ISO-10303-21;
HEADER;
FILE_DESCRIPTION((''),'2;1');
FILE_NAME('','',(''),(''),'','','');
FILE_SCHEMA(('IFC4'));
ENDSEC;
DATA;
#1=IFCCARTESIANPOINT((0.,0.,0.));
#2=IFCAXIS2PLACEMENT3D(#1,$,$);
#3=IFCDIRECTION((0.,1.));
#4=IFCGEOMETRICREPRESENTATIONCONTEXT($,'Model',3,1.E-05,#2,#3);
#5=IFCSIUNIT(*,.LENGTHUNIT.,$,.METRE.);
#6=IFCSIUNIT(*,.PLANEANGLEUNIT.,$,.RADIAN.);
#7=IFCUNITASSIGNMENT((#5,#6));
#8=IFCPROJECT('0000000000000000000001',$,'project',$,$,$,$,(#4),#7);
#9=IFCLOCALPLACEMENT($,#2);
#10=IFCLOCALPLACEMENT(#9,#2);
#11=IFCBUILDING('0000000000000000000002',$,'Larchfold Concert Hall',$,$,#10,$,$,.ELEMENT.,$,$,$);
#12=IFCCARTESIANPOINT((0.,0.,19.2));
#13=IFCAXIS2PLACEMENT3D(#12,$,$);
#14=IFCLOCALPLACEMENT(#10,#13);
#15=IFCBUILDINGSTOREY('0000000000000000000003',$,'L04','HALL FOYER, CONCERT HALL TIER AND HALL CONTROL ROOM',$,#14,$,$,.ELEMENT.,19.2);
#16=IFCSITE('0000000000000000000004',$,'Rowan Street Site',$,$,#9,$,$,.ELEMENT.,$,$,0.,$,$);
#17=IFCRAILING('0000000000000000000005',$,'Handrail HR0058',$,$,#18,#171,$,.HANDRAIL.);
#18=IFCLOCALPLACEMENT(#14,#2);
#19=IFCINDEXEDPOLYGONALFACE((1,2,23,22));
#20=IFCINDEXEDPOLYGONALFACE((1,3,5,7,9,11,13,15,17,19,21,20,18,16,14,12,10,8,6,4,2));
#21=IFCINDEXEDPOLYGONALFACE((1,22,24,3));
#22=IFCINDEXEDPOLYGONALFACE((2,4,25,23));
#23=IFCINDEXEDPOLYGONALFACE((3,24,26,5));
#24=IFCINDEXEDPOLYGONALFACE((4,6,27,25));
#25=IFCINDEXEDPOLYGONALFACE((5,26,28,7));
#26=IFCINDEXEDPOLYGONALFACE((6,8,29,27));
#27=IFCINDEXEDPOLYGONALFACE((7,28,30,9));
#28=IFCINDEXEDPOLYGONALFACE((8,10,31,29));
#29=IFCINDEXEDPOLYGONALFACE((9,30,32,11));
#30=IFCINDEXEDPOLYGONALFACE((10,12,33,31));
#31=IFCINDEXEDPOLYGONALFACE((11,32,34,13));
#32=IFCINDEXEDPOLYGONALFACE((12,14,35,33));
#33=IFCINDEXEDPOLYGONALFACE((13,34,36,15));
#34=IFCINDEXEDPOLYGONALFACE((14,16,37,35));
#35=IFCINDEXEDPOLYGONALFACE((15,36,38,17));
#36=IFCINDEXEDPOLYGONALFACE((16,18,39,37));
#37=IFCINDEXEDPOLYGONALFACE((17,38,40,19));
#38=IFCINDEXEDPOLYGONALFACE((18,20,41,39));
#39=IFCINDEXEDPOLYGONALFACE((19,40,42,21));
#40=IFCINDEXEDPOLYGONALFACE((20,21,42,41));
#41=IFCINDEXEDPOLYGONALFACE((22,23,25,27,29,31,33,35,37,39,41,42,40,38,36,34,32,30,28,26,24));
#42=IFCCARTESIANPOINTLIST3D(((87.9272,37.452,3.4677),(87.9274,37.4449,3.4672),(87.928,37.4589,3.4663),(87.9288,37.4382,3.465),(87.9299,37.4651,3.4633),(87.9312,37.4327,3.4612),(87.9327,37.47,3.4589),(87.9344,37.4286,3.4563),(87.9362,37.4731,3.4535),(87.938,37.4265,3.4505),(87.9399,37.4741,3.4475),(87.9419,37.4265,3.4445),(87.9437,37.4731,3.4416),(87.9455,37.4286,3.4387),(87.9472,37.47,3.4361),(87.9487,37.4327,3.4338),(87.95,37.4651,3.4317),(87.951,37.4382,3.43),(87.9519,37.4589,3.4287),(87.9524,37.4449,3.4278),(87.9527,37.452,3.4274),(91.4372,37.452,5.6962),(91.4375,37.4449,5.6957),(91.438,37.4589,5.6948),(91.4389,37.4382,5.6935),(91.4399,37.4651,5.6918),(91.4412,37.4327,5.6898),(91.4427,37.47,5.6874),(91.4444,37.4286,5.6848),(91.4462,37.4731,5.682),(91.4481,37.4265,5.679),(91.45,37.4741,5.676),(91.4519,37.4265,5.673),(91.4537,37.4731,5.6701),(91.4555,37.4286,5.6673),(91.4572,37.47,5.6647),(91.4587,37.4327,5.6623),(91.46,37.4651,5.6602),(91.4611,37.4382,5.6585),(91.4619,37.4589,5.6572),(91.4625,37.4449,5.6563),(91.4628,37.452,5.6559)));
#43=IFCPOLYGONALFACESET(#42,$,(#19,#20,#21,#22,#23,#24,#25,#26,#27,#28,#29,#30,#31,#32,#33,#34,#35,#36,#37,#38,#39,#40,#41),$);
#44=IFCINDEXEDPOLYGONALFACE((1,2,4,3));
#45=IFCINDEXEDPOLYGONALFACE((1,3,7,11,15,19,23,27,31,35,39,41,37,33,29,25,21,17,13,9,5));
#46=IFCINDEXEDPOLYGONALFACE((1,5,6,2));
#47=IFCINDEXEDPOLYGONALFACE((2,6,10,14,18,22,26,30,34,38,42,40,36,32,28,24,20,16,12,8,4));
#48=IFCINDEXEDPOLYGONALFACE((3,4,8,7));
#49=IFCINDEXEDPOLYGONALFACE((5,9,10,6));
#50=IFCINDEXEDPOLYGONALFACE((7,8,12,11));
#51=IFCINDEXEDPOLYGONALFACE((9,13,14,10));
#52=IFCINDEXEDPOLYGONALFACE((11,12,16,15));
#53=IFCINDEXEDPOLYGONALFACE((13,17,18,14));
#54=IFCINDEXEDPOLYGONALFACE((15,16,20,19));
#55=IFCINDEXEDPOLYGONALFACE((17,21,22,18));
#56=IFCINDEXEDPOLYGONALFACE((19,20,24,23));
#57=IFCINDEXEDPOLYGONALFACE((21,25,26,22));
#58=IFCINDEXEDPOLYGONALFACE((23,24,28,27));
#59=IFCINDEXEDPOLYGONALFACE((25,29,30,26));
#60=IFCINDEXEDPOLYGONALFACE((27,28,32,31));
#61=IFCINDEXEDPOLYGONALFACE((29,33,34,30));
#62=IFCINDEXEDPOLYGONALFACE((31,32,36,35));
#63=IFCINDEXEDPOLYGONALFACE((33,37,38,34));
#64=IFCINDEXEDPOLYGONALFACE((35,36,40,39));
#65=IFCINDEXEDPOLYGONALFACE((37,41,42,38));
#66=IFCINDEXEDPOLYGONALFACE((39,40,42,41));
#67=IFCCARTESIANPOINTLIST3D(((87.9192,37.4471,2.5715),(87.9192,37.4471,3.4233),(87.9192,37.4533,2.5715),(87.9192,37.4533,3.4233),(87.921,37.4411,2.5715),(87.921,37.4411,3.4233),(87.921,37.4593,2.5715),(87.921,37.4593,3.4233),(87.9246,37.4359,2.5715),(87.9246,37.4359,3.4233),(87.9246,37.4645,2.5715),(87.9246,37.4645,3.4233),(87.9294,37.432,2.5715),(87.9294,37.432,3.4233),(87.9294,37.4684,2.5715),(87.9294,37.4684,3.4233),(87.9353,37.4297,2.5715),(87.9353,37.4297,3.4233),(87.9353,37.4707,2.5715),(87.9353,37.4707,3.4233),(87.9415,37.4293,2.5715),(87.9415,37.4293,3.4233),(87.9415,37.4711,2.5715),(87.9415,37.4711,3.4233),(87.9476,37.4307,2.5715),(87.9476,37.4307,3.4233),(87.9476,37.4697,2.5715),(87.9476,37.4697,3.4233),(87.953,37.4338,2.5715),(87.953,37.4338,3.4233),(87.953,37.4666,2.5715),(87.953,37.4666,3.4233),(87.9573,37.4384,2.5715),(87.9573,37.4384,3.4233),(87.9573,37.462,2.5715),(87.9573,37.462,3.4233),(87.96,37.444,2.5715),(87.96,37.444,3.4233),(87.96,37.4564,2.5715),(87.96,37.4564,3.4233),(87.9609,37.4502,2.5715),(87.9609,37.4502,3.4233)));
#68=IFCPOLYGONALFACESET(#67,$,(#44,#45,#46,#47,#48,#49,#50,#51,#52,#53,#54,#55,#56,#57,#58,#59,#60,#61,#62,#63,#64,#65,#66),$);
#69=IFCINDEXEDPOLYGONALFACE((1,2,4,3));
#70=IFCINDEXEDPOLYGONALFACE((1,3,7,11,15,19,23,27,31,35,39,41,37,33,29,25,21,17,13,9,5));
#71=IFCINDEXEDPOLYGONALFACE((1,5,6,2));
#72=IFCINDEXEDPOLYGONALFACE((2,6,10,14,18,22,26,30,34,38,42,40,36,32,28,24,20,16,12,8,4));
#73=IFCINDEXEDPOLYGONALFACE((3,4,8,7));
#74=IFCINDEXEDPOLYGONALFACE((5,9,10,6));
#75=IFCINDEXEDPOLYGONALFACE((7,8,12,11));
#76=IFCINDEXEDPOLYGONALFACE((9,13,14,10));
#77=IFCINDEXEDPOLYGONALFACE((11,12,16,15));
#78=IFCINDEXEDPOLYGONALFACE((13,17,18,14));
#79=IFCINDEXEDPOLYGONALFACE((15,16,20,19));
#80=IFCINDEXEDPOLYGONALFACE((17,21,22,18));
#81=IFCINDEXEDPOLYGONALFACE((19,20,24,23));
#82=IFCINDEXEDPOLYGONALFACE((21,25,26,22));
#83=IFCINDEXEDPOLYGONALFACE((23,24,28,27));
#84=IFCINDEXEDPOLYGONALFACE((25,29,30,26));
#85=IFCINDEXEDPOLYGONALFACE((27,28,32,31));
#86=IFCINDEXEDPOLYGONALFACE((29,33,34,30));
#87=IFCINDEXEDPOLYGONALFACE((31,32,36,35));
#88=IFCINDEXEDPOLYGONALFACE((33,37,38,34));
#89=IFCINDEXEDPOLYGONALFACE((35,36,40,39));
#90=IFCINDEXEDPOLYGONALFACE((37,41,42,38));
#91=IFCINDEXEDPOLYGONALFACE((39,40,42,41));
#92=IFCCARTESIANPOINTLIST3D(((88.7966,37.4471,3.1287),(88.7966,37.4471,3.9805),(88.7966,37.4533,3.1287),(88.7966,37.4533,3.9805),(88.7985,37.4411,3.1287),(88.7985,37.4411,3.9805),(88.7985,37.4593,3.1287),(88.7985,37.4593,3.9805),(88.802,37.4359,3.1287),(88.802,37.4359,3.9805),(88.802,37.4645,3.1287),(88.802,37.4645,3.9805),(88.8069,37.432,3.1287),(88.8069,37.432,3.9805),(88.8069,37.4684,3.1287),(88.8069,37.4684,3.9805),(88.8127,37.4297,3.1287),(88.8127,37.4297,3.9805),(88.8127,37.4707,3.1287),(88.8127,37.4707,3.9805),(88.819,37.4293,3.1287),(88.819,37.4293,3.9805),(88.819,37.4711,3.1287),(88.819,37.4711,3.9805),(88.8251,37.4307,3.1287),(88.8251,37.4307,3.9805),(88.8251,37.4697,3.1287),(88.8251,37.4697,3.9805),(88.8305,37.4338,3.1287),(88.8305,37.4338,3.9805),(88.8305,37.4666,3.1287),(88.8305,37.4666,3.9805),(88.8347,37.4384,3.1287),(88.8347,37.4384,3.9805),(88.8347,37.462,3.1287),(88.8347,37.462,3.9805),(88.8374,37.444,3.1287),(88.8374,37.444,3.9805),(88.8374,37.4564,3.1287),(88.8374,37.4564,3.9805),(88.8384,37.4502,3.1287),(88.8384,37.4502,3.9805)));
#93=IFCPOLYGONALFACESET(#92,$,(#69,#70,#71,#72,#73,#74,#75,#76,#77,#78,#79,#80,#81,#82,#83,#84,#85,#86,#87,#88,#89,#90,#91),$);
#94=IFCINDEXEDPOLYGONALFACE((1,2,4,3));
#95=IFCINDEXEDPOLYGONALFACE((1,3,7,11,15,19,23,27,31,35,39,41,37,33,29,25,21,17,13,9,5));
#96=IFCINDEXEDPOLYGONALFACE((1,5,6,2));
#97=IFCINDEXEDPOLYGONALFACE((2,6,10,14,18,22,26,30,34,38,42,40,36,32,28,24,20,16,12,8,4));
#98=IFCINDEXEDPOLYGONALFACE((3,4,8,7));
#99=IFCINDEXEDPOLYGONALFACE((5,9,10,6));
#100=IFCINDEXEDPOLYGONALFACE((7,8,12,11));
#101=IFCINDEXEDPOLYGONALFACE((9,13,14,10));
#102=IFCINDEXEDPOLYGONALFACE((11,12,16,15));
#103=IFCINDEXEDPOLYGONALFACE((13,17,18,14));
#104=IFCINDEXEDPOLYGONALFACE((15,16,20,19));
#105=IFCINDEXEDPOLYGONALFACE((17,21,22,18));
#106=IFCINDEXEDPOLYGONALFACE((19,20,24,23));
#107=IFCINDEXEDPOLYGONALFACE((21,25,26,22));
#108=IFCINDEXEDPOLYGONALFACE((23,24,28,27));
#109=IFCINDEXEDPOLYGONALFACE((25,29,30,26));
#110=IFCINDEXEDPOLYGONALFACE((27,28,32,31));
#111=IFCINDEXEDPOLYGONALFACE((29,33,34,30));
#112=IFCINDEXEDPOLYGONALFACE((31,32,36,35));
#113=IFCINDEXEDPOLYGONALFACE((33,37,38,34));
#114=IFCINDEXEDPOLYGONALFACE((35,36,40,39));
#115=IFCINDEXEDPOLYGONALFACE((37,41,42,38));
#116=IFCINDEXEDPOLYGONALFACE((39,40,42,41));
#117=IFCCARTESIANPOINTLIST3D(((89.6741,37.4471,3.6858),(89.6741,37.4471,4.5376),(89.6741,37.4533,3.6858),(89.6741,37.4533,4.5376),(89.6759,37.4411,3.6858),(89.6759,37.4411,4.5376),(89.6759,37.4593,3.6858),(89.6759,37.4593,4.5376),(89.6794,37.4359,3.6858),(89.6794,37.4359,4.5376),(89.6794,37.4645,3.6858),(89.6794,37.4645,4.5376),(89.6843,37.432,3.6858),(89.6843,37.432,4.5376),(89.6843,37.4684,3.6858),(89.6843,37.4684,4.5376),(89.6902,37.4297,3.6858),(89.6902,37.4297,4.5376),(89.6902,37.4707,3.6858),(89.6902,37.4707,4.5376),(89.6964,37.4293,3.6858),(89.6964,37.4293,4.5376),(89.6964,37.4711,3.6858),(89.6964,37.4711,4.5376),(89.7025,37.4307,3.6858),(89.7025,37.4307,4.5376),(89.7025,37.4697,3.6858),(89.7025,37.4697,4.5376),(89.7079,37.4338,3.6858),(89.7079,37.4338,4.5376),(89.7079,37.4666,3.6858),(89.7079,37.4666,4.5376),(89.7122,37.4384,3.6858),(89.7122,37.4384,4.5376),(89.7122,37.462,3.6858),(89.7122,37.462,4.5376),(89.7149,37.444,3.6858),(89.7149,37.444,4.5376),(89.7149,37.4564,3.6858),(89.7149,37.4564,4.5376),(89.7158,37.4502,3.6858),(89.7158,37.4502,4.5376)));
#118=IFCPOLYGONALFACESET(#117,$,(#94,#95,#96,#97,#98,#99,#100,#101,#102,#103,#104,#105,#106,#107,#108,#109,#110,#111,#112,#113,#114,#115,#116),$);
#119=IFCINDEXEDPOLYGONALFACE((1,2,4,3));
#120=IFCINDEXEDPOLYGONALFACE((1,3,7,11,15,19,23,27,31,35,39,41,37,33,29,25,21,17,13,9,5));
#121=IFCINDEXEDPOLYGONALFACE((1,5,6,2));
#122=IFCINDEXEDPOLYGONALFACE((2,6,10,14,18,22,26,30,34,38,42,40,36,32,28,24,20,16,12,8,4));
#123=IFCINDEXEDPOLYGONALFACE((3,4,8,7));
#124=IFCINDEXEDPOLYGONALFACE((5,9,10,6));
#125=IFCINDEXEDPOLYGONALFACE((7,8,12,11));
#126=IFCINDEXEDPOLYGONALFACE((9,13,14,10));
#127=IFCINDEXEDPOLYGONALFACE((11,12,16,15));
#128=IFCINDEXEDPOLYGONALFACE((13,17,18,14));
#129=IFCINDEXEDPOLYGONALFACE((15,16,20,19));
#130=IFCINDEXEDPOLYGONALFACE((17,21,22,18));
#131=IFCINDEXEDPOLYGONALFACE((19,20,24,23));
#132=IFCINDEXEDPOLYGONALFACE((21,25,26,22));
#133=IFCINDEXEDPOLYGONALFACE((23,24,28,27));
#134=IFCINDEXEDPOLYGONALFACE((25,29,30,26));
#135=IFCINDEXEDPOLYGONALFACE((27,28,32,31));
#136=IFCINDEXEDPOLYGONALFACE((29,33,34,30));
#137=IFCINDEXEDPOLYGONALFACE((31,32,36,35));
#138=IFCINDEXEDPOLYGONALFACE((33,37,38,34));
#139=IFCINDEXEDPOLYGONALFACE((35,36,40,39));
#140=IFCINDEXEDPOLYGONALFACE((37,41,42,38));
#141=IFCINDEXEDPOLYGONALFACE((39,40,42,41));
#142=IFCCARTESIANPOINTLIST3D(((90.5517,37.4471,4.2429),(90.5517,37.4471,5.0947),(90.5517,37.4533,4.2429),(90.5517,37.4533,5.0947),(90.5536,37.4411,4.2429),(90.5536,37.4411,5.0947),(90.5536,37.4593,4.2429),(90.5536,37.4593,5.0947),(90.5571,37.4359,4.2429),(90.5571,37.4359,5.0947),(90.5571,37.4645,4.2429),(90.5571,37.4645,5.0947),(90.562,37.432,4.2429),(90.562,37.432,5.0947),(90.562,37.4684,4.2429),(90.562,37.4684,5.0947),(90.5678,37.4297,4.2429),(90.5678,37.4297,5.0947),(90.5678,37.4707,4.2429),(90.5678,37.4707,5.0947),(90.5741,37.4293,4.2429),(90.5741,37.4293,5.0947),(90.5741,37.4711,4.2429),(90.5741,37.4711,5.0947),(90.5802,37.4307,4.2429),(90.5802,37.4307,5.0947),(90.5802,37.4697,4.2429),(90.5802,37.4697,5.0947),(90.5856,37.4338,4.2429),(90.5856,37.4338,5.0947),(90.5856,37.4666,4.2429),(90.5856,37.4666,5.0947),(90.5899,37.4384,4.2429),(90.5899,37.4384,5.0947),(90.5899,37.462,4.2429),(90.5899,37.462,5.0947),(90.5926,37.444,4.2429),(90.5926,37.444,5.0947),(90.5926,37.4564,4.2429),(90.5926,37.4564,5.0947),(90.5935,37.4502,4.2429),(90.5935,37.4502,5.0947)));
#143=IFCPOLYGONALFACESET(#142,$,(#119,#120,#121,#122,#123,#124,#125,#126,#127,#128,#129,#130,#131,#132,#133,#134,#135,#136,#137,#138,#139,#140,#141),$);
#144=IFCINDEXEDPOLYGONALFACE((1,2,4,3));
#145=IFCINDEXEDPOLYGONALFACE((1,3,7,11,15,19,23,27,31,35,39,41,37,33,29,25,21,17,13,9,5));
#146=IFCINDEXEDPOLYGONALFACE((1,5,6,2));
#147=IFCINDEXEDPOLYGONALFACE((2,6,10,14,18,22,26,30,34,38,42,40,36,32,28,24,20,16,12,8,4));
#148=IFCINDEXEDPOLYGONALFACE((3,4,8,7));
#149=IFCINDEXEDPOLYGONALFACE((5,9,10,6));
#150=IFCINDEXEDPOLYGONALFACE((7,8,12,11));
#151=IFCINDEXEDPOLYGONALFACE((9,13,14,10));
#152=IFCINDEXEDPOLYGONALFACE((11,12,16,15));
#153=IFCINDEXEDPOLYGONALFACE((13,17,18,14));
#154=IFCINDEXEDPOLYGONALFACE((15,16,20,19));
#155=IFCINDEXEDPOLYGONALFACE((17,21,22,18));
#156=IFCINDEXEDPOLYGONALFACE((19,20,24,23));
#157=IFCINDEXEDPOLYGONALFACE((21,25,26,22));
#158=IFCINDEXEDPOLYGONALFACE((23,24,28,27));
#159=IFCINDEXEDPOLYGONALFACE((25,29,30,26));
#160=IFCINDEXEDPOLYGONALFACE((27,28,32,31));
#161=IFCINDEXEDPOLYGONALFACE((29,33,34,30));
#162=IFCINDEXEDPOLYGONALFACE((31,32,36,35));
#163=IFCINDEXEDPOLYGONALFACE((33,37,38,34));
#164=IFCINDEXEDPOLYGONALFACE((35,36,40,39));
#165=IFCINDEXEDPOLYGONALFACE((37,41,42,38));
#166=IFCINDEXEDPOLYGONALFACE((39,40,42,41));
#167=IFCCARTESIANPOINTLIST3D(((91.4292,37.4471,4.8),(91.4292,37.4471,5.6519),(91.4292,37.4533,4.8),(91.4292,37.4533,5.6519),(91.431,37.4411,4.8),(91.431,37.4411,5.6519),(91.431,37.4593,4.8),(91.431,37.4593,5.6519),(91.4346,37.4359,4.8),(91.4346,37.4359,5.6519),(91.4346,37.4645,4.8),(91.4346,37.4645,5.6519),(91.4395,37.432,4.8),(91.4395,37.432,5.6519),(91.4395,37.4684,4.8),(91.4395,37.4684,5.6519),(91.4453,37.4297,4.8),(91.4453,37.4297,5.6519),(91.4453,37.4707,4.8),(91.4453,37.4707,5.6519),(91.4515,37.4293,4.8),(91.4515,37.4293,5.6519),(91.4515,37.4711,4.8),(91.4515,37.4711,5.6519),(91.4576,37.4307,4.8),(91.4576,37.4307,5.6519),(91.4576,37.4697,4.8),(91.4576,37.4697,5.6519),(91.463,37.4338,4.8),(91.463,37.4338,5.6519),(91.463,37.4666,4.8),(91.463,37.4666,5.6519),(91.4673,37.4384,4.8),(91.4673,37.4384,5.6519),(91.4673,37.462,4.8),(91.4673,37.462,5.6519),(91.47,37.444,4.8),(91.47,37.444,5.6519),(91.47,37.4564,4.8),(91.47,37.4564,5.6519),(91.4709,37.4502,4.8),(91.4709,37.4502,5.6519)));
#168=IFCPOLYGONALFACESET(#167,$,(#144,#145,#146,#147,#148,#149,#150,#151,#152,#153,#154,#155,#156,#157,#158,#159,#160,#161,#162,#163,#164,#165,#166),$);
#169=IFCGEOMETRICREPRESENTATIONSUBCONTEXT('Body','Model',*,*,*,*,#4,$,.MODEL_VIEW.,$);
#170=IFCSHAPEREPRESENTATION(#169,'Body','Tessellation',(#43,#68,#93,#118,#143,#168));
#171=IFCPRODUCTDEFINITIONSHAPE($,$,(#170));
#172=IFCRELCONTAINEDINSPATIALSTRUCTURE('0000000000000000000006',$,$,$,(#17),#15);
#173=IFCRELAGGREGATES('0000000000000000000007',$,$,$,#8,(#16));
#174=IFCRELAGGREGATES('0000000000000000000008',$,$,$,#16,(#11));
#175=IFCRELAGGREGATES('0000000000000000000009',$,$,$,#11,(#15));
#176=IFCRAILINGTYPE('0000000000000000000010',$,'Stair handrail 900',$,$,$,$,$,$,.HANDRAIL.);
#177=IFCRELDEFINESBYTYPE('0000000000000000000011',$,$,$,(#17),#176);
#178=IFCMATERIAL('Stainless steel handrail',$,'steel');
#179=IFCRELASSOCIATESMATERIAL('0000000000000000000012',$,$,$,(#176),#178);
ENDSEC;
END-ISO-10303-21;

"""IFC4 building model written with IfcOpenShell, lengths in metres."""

from ifc_helpers import new_model, si_unit, direction, frame, origin, origin_2d, place, context, subcontext, project, spatial, circle, extrude, material, type_object, element, save


model = new_model("IFC4")

# Units and contexts
model_context = context("Model", 3, precision=1e-05, world=origin(), true_north=direction((0.0, 1.0)))
body_context = subcontext(model_context, "Body", "Model", "MODEL_VIEW")
ifc_project = project(units=[si_unit("LENGTHUNIT", "METRE"), si_unit("PLANEANGLEUNIT", "RADIAN")], contexts=[model_context])

# Site, building, storey
site_placement = place(None, origin())
site = spatial("IfcSite", under=ifc_project, at=site_placement, Name="Rowan Street Site", CompositionType="ELEMENT", RefElevation=0.0)
building_placement = place(site_placement, origin())
building = spatial("IfcBuilding", under=site, at=building_placement, Name="Larchfold Concert Hall", CompositionType="ELEMENT")
storey_placement = place(building_placement, frame((0.0, 0.0, 19.2)))
storey = spatial("IfcBuildingStorey", under=building, at=storey_placement, Name="L04", Description="HALL FOYER, CONCERT HALL TIER AND HALL CONTROL ROOM", CompositionType="ELEMENT", Elevation=19.2)

# Railing
ifc_material_1 = material(Name="Stainless steel handrail", Category="steel")
railing_type_1 = type_object("IfcRailingType", Name="Stair handrail 900", PredefinedType="HANDRAIL", material=ifc_material_1)
railing_1_placement = place(storey_placement, frame((87.9399, 37.4502, 2.5715)))
element("IfcRailing", 1, at=railing_1_placement, inside=storey, type_object=railing_type_1, Name="Handrail HR0058", PredefinedType="HANDRAIL", context=body_context, shape_type="SweptSolid", body=[
    extrude(circle(Radius=0.0239, at=origin_2d()), frame((0.0, 0.0, 0.876), z_axis=(0.84422, 0.0, 0.535998), x_axis=(0.0, 1.0, 0.0)), (0.0, 0.0, 1.0), 4.1577),
    extrude(circle(Radius=0.021, at=origin_2d()), origin(), (0.0, 0.0, 1.0), 0.8518),
    extrude(circle(Radius=0.021, at=origin_2d()), frame((0.8774, 0.0, 0.5571)), (0.0, 0.0, 1.0), 0.8518),
    extrude(circle(Radius=0.021, at=origin_2d()), frame((1.7549, 0.0, 1.1143)), (0.0, 0.0, 1.0), 0.8518),
    extrude(circle(Radius=0.021, at=origin_2d()), frame((2.6326, 0.0, 1.6714)), (0.0, 0.0, 1.0), 0.8518),
    extrude(circle(Radius=0.021, at=origin_2d()), frame((3.51, 0.0, 2.2285)), (0.0, 0.0, 1.0), 0.8518),
])

save(model, "model.ifc")
